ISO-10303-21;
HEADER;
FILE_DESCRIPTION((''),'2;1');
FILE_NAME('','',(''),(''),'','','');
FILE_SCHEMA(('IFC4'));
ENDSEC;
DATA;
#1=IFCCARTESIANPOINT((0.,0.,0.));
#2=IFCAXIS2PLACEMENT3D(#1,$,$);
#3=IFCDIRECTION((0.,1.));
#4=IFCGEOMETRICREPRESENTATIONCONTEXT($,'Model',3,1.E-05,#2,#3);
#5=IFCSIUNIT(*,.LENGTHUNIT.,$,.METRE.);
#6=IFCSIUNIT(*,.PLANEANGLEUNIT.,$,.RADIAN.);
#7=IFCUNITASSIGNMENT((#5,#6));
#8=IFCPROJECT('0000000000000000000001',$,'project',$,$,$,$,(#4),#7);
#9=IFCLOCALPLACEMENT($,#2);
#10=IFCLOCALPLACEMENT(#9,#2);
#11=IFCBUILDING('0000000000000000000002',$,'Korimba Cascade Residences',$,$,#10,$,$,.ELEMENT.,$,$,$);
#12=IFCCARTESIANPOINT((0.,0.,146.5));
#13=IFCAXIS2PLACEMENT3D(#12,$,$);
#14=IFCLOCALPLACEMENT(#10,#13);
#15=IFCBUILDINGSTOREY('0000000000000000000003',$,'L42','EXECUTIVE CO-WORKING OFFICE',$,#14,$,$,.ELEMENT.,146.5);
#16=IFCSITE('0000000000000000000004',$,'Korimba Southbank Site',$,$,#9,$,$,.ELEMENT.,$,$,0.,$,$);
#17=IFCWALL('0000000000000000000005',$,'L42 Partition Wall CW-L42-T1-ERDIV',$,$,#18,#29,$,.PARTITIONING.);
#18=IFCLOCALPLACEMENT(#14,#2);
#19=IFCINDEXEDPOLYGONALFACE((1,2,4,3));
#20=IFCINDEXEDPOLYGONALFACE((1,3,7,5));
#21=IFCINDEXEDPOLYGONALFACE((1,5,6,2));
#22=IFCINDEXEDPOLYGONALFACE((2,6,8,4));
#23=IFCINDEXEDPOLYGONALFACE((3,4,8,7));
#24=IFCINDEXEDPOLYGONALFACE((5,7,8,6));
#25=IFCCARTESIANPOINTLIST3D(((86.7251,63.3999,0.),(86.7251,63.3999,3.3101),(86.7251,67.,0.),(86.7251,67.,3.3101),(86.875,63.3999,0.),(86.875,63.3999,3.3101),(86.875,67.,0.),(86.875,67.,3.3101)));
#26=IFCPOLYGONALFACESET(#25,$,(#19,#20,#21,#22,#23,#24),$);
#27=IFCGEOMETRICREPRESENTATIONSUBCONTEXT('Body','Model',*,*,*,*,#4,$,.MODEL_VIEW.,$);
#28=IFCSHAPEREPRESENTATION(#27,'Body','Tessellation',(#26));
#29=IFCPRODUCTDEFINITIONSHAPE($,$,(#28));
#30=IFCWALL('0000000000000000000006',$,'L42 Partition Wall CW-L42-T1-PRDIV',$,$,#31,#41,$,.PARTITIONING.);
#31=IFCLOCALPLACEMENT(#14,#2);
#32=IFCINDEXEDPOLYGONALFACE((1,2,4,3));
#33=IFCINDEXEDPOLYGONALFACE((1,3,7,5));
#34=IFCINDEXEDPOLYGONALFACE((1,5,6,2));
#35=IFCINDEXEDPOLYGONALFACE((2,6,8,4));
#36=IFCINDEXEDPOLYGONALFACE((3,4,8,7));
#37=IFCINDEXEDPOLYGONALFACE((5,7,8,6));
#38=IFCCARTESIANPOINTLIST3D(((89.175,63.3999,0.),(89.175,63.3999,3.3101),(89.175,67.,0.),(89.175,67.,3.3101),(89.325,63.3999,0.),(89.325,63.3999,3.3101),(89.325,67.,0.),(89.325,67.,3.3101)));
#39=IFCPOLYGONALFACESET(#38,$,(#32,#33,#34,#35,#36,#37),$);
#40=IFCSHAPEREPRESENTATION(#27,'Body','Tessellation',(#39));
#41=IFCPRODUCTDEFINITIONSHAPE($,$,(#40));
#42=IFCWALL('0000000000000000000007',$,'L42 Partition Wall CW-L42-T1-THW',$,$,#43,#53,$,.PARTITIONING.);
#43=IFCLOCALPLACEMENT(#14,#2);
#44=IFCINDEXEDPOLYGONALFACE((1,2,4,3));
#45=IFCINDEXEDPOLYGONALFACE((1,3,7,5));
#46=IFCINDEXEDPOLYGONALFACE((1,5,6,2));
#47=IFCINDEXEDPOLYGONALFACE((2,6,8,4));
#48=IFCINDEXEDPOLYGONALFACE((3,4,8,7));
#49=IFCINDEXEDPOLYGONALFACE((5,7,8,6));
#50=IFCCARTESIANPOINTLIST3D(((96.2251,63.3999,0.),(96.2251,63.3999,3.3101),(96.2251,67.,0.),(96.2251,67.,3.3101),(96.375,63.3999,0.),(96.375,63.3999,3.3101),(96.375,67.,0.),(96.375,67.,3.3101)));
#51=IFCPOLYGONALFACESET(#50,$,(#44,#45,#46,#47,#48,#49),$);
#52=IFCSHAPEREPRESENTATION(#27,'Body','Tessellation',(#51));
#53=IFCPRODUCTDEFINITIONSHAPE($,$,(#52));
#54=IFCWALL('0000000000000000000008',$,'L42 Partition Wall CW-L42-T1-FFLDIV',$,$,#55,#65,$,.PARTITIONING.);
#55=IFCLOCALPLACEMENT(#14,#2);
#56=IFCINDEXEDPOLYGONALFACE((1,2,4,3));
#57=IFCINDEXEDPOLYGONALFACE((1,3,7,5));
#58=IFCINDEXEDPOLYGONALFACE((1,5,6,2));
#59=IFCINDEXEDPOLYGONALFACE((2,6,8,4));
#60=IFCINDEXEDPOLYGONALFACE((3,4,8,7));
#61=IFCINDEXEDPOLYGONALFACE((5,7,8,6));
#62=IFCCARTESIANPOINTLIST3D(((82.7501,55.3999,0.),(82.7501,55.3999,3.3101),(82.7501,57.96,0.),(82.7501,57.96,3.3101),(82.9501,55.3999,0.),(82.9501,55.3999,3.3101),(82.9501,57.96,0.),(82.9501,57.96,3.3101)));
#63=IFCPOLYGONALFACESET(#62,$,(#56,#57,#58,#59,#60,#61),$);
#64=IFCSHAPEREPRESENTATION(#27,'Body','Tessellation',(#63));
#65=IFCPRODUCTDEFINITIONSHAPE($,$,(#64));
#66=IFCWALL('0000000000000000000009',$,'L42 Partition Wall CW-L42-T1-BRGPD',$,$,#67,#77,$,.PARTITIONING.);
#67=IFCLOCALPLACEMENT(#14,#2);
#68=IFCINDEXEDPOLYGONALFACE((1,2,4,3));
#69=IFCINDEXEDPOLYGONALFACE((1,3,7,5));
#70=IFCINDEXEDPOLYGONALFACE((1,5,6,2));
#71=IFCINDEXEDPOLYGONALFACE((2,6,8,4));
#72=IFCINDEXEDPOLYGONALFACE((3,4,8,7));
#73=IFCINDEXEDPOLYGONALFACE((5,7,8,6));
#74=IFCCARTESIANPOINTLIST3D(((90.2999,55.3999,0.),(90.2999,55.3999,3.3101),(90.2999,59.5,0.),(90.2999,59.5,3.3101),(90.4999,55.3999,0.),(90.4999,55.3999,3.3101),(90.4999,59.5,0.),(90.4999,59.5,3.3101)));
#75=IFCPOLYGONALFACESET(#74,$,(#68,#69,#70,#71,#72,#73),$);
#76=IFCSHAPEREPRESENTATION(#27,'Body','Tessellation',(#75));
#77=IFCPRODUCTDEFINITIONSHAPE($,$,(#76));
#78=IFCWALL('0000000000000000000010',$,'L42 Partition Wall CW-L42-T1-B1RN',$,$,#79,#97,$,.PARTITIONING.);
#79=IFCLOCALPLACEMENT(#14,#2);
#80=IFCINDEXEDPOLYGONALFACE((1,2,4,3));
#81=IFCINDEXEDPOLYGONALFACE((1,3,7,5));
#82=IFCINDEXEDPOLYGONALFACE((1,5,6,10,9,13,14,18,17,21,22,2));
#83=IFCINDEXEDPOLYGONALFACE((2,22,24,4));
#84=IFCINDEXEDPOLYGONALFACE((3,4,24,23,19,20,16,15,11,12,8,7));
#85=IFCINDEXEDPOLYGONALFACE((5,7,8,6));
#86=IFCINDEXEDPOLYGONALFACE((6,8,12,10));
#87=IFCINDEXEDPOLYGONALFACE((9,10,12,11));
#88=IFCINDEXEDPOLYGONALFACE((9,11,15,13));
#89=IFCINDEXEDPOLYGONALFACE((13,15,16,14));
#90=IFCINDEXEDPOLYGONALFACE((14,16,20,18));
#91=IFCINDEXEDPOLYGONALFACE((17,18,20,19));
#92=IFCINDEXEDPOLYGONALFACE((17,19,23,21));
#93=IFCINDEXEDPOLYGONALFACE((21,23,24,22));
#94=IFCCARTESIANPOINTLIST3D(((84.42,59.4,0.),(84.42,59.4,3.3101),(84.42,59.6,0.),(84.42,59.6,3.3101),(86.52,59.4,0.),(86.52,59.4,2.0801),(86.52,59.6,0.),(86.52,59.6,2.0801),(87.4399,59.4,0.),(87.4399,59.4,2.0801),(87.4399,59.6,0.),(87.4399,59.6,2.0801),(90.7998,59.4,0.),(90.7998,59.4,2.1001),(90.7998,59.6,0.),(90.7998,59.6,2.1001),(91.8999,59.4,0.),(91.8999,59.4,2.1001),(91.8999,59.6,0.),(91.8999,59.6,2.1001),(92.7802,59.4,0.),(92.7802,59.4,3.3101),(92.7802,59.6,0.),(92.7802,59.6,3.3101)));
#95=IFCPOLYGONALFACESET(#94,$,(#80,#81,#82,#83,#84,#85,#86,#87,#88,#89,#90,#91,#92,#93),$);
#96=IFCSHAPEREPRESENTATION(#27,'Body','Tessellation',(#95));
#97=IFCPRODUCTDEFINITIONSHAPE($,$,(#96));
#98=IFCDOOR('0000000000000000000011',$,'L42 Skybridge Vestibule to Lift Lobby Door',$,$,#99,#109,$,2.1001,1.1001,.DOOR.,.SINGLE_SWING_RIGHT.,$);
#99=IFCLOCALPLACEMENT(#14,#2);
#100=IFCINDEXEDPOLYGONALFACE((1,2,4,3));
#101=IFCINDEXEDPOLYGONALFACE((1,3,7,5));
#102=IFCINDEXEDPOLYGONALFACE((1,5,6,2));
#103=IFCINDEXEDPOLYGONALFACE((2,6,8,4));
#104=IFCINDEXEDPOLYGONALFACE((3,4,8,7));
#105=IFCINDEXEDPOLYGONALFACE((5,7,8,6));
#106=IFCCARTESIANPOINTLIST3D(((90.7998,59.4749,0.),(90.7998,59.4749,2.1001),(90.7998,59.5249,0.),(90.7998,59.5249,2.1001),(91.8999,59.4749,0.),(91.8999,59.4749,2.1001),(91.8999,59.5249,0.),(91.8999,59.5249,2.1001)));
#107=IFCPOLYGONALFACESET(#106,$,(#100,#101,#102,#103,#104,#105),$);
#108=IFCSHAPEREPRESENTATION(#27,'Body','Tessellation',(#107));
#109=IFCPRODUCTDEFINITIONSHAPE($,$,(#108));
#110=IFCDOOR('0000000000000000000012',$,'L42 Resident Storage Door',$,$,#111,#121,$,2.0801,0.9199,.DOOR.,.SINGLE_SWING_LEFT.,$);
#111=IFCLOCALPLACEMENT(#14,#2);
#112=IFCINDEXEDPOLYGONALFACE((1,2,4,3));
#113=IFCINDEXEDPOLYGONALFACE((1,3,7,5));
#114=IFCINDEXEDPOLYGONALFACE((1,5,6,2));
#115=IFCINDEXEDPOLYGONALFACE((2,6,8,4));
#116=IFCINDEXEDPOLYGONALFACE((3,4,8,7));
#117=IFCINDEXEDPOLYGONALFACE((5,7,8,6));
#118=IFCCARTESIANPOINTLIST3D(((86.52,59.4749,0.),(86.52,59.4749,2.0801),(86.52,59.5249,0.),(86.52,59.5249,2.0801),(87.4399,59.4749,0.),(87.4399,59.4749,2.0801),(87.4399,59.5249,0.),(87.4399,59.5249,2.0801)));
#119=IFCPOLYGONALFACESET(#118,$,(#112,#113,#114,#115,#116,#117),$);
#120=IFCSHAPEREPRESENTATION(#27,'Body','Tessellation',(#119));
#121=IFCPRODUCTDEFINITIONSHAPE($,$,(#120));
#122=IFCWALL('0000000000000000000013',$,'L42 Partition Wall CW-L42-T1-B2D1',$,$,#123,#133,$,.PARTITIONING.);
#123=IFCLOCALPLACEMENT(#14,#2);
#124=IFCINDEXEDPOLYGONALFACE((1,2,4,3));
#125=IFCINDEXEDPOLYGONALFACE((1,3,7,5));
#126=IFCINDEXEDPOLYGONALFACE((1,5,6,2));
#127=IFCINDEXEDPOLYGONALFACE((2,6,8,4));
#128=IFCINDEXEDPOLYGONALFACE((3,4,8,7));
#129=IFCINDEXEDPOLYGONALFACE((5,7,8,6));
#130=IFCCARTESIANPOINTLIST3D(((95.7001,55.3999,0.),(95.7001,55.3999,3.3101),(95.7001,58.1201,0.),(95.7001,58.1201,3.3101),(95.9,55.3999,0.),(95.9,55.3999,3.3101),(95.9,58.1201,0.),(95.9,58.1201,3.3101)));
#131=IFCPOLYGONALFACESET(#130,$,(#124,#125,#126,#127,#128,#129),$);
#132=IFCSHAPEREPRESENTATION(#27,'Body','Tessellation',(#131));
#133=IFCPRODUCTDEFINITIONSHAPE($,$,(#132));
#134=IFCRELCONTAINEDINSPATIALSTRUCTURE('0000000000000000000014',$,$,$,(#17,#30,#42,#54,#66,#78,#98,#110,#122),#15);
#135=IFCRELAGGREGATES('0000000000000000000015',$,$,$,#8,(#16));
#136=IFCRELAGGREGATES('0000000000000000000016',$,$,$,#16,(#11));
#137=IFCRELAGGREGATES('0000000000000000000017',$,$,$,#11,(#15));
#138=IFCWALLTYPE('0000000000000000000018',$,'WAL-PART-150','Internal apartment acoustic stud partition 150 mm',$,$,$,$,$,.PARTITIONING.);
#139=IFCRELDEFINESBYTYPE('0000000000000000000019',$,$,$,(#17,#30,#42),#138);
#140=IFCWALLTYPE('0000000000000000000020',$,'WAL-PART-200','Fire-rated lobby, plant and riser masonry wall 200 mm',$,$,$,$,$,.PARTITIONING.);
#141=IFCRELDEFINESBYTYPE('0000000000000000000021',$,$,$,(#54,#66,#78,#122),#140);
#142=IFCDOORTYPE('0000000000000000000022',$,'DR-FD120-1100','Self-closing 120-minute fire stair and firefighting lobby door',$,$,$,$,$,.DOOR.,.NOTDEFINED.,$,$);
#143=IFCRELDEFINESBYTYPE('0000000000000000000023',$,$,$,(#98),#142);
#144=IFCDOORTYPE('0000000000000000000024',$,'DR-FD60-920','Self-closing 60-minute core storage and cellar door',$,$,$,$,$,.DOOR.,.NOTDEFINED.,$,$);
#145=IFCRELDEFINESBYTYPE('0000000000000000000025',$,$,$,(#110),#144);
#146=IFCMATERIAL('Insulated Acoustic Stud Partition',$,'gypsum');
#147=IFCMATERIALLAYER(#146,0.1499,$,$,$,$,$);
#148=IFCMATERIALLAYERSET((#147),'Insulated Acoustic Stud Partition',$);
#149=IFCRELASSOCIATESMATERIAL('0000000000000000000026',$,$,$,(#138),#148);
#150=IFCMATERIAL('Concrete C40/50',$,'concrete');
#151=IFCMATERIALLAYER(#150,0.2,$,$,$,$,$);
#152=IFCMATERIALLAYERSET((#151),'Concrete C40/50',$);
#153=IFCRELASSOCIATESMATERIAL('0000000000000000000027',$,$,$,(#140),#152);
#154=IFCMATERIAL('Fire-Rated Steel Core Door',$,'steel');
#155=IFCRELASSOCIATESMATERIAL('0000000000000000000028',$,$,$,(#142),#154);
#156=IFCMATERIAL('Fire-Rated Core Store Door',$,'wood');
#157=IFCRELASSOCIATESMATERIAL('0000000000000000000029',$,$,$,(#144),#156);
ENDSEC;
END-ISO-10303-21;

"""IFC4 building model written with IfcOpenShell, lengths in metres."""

from ifc_helpers import new_model, si_unit, direction, frame, frame_2d, origin, place, context, subcontext, project, spatial, rectangle, extrude, material, layer, layer_set, type_object, element, fill, save


model = new_model("IFC4")

# Units and contexts
model_context = context("Model", 3, precision=1e-05, world=origin(), true_north=direction((0.0, 1.0)))
body_context = subcontext(model_context, "Body", "Model", "MODEL_VIEW")
ifc_project = project(units=[si_unit("LENGTHUNIT", "METRE"), si_unit("PLANEANGLEUNIT", "RADIAN")], contexts=[model_context])

# Site, building, storey
site_placement = place(None, origin())
site = spatial("IfcSite", under=ifc_project, at=site_placement, Name="Korimba Southbank Site", CompositionType="ELEMENT", RefElevation=0.0)
building_placement = place(site_placement, origin())
building = spatial("IfcBuilding", under=site, at=building_placement, Name="Korimba Cascade Residences", CompositionType="ELEMENT")
storey_placement = place(building_placement, frame((0.0, 0.0, 146.5)))
storey = spatial("IfcBuildingStorey", under=building, at=storey_placement, Name="L42", Description="EXECUTIVE CO-WORKING OFFICE", CompositionType="ELEMENT", Elevation=146.5)

# Walls
ifc_material_1 = material(Name="Insulated Acoustic Stud Partition", Category="gypsum")
ifc_layer_1 = layer(ifc_material_1, 0.1499)
ifc_layer_set_1 = layer_set([ifc_layer_1], Name="Insulated Acoustic Stud Partition")
wall_type_1 = type_object("IfcWallType", Name="WAL-PART-150", Description="Internal apartment acoustic stud partition 150 mm", PredefinedType="PARTITIONING", material=ifc_layer_set_1)
for number, where, z_axis, x_axis, name in (
    (1, (86.8, 63.3999, 0.0), (0.0, 0.0, 1.0), (0.0, 1.0, 0.0), "L42 Partition Wall CW-L42-T1-ERDIV"),
    (2, (89.25, 63.3999, 0.0), (0.0, 0.0, 1.0), (0.0, 1.0, 0.0), "L42 Partition Wall CW-L42-T1-PRDIV"),
    (3, (96.3, 63.3999, 0.0), (0.0, 0.0, 1.0), (0.0, 1.0, 0.0), "L42 Partition Wall CW-L42-T1-THW"),
):
    element("IfcWall", number, at=place(storey_placement, frame(where, z_axis=z_axis, x_axis=x_axis)), inside=storey, type_object=wall_type_1, Name=name, PredefinedType="PARTITIONING", context=body_context, shape_type="SweptSolid", body=[
        extrude(rectangle(XDim=3.6001, YDim=0.1499, at=frame_2d((1.8, 0.0))), origin(), (0.0, 0.0, 1.0), 3.3101),
    ])
ifc_material_2 = material(Name="Concrete C40/50", Category="concrete")
ifc_layer_2 = layer(ifc_material_2, 0.2)
ifc_layer_set_2 = layer_set([ifc_layer_2], Name="Concrete C40/50")
wall_type_2 = type_object("IfcWallType", Name="WAL-PART-200", Description="Fire-rated lobby, plant and riser masonry wall 200 mm", PredefinedType="PARTITIONING", material=ifc_layer_set_2)
wall_1_placement = place(storey_placement, frame((82.8501, 55.3999, 0.0), z_axis=(0.0, 0.0, 1.0), x_axis=(0.0, 1.0, 0.0)))
element("IfcWall", 4, at=wall_1_placement, inside=storey, type_object=wall_type_2, Name="L42 Partition Wall CW-L42-T1-FFLDIV", PredefinedType="PARTITIONING", context=body_context, shape_type="SweptSolid", body=[
    extrude(rectangle(XDim=2.5601, YDim=0.2, at=frame_2d((1.28, 0.0))), origin(), (0.0, 0.0, 1.0), 3.3101),
])
wall_2_placement = place(storey_placement, frame((90.3999, 55.3999, 0.0), z_axis=(0.0, 0.0, 1.0), x_axis=(0.0, 1.0, 0.0)))
element("IfcWall", 5, at=wall_2_placement, inside=storey, type_object=wall_type_2, Name="L42 Partition Wall CW-L42-T1-BRGPD", PredefinedType="PARTITIONING", context=body_context, shape_type="SweptSolid", body=[
    extrude(rectangle(XDim=4.1001, YDim=0.2, at=frame_2d((2.05, 0.0))), origin(), (0.0, 0.0, 1.0), 3.3101),
])

# Wall, openings, doors
wall_3_placement = place(storey_placement, frame((84.4199, 59.5, 0.0), z_axis=(0.0, 0.0, 1.0), x_axis=(1.0, 0.0, 0.0)))
wall_3 = element("IfcWall", 6, at=wall_3_placement, inside=storey, type_object=wall_type_2, Name="L42 Partition Wall CW-L42-T1-B1RN", PredefinedType="PARTITIONING", context=body_context, shape_type="SweptSolid", body=[
    extrude(rectangle(XDim=8.3601, YDim=0.2, at=frame_2d((4.1802, 0.0))), origin(), (0.0, 0.0, 1.0), 3.3101),
])
opening_1_placement = place(wall_3_placement, frame((2.1001, 0.0, 0.0)))
opening_1 = element("IfcOpeningElement", 7, at=opening_1_placement, cuts=wall_3, PredefinedType="OPENING", context=body_context, shape_type="SweptSolid", body=[
    extrude(rectangle(XDim=0.9199, YDim=2.0801, at=frame_2d((0.46, 1.04))), frame((0.0, 0.1099, 0.0), z_axis=(0.0, -1.0, 0.0), x_axis=(1.0, 0.0, 0.0)), (0.0, 0.0, 1.0), 0.22),
])
opening_2_placement = place(wall_3_placement, frame((6.3799, 0.0, 0.0)))
opening_2 = element("IfcOpeningElement", 8, at=opening_2_placement, cuts=wall_3, PredefinedType="OPENING", context=body_context, shape_type="SweptSolid", body=[
    extrude(rectangle(XDim=1.1001, YDim=2.1001, at=frame_2d((0.55, 1.05))), frame((0.0, 0.1099, 0.0), z_axis=(0.0, -1.0, 0.0), x_axis=(1.0, 0.0, 0.0)), (0.0, 0.0, 1.0), 0.22),
])
ifc_material_3 = material(Name="Fire-Rated Steel Core Door", Category="steel")
door_type_1 = type_object("IfcDoorType", Name="DR-FD120-1100", Description="Self-closing 120-minute fire stair and firefighting lobby door", OperationType="NOTDEFINED", PredefinedType="DOOR", material=ifc_material_3)
door_1_placement = place(opening_2_placement, origin())
door_1 = element("IfcDoor", 9, at=door_1_placement, inside=storey, type_object=door_type_1, Name="L42 Skybridge Vestibule to Lift Lobby Door", OperationType="SINGLE_SWING_RIGHT", OverallHeight=2.1001, OverallWidth=1.1001, PredefinedType="DOOR", context=body_context, shape_type="SweptSolid", body=[
    extrude(rectangle(XDim=1.1001, YDim=2.1001, at=frame_2d((0.55, 1.05))), frame((0.0, 0.0249, 0.0), z_axis=(0.0, -1.0, 0.0), x_axis=(1.0, 0.0, 0.0)), (0.0, 0.0, 1.0), 0.05),
])
fill(opening_2, door_1)
ifc_material_4 = material(Name="Fire-Rated Core Store Door", Category="wood")
door_type_2 = type_object("IfcDoorType", Name="DR-FD60-920", Description="Self-closing 60-minute core storage and cellar door", OperationType="NOTDEFINED", PredefinedType="DOOR", material=ifc_material_4)
door_2_placement = place(opening_1_placement, origin())
door_2 = element("IfcDoor", 10, at=door_2_placement, inside=storey, type_object=door_type_2, Name="L42 Resident Storage Door", OperationType="SINGLE_SWING_LEFT", OverallHeight=2.0801, OverallWidth=0.9199, PredefinedType="DOOR", context=body_context, shape_type="SweptSolid", body=[
    extrude(rectangle(XDim=0.9199, YDim=2.0801, at=frame_2d((0.46, 1.04))), frame((0.0, 0.0249, 0.0), z_axis=(0.0, -1.0, 0.0), x_axis=(1.0, 0.0, 0.0)), (0.0, 0.0, 1.0), 0.05),
])
fill(opening_1, door_2)

# Wall
wall_4_placement = place(storey_placement, frame((95.8, 55.3999, 0.0), z_axis=(0.0, 0.0, 1.0), x_axis=(0.0, 1.0, 0.0)))
element("IfcWall", 11, at=wall_4_placement, inside=storey, type_object=wall_type_2, Name="L42 Partition Wall CW-L42-T1-B2D1", PredefinedType="PARTITIONING", context=body_context, shape_type="SweptSolid", body=[
    extrude(rectangle(XDim=2.7202, YDim=0.2, at=frame_2d((1.3601, 0.0))), origin(), (0.0, 0.0, 1.0), 3.3101),
])

save(model, "model.ifc")
